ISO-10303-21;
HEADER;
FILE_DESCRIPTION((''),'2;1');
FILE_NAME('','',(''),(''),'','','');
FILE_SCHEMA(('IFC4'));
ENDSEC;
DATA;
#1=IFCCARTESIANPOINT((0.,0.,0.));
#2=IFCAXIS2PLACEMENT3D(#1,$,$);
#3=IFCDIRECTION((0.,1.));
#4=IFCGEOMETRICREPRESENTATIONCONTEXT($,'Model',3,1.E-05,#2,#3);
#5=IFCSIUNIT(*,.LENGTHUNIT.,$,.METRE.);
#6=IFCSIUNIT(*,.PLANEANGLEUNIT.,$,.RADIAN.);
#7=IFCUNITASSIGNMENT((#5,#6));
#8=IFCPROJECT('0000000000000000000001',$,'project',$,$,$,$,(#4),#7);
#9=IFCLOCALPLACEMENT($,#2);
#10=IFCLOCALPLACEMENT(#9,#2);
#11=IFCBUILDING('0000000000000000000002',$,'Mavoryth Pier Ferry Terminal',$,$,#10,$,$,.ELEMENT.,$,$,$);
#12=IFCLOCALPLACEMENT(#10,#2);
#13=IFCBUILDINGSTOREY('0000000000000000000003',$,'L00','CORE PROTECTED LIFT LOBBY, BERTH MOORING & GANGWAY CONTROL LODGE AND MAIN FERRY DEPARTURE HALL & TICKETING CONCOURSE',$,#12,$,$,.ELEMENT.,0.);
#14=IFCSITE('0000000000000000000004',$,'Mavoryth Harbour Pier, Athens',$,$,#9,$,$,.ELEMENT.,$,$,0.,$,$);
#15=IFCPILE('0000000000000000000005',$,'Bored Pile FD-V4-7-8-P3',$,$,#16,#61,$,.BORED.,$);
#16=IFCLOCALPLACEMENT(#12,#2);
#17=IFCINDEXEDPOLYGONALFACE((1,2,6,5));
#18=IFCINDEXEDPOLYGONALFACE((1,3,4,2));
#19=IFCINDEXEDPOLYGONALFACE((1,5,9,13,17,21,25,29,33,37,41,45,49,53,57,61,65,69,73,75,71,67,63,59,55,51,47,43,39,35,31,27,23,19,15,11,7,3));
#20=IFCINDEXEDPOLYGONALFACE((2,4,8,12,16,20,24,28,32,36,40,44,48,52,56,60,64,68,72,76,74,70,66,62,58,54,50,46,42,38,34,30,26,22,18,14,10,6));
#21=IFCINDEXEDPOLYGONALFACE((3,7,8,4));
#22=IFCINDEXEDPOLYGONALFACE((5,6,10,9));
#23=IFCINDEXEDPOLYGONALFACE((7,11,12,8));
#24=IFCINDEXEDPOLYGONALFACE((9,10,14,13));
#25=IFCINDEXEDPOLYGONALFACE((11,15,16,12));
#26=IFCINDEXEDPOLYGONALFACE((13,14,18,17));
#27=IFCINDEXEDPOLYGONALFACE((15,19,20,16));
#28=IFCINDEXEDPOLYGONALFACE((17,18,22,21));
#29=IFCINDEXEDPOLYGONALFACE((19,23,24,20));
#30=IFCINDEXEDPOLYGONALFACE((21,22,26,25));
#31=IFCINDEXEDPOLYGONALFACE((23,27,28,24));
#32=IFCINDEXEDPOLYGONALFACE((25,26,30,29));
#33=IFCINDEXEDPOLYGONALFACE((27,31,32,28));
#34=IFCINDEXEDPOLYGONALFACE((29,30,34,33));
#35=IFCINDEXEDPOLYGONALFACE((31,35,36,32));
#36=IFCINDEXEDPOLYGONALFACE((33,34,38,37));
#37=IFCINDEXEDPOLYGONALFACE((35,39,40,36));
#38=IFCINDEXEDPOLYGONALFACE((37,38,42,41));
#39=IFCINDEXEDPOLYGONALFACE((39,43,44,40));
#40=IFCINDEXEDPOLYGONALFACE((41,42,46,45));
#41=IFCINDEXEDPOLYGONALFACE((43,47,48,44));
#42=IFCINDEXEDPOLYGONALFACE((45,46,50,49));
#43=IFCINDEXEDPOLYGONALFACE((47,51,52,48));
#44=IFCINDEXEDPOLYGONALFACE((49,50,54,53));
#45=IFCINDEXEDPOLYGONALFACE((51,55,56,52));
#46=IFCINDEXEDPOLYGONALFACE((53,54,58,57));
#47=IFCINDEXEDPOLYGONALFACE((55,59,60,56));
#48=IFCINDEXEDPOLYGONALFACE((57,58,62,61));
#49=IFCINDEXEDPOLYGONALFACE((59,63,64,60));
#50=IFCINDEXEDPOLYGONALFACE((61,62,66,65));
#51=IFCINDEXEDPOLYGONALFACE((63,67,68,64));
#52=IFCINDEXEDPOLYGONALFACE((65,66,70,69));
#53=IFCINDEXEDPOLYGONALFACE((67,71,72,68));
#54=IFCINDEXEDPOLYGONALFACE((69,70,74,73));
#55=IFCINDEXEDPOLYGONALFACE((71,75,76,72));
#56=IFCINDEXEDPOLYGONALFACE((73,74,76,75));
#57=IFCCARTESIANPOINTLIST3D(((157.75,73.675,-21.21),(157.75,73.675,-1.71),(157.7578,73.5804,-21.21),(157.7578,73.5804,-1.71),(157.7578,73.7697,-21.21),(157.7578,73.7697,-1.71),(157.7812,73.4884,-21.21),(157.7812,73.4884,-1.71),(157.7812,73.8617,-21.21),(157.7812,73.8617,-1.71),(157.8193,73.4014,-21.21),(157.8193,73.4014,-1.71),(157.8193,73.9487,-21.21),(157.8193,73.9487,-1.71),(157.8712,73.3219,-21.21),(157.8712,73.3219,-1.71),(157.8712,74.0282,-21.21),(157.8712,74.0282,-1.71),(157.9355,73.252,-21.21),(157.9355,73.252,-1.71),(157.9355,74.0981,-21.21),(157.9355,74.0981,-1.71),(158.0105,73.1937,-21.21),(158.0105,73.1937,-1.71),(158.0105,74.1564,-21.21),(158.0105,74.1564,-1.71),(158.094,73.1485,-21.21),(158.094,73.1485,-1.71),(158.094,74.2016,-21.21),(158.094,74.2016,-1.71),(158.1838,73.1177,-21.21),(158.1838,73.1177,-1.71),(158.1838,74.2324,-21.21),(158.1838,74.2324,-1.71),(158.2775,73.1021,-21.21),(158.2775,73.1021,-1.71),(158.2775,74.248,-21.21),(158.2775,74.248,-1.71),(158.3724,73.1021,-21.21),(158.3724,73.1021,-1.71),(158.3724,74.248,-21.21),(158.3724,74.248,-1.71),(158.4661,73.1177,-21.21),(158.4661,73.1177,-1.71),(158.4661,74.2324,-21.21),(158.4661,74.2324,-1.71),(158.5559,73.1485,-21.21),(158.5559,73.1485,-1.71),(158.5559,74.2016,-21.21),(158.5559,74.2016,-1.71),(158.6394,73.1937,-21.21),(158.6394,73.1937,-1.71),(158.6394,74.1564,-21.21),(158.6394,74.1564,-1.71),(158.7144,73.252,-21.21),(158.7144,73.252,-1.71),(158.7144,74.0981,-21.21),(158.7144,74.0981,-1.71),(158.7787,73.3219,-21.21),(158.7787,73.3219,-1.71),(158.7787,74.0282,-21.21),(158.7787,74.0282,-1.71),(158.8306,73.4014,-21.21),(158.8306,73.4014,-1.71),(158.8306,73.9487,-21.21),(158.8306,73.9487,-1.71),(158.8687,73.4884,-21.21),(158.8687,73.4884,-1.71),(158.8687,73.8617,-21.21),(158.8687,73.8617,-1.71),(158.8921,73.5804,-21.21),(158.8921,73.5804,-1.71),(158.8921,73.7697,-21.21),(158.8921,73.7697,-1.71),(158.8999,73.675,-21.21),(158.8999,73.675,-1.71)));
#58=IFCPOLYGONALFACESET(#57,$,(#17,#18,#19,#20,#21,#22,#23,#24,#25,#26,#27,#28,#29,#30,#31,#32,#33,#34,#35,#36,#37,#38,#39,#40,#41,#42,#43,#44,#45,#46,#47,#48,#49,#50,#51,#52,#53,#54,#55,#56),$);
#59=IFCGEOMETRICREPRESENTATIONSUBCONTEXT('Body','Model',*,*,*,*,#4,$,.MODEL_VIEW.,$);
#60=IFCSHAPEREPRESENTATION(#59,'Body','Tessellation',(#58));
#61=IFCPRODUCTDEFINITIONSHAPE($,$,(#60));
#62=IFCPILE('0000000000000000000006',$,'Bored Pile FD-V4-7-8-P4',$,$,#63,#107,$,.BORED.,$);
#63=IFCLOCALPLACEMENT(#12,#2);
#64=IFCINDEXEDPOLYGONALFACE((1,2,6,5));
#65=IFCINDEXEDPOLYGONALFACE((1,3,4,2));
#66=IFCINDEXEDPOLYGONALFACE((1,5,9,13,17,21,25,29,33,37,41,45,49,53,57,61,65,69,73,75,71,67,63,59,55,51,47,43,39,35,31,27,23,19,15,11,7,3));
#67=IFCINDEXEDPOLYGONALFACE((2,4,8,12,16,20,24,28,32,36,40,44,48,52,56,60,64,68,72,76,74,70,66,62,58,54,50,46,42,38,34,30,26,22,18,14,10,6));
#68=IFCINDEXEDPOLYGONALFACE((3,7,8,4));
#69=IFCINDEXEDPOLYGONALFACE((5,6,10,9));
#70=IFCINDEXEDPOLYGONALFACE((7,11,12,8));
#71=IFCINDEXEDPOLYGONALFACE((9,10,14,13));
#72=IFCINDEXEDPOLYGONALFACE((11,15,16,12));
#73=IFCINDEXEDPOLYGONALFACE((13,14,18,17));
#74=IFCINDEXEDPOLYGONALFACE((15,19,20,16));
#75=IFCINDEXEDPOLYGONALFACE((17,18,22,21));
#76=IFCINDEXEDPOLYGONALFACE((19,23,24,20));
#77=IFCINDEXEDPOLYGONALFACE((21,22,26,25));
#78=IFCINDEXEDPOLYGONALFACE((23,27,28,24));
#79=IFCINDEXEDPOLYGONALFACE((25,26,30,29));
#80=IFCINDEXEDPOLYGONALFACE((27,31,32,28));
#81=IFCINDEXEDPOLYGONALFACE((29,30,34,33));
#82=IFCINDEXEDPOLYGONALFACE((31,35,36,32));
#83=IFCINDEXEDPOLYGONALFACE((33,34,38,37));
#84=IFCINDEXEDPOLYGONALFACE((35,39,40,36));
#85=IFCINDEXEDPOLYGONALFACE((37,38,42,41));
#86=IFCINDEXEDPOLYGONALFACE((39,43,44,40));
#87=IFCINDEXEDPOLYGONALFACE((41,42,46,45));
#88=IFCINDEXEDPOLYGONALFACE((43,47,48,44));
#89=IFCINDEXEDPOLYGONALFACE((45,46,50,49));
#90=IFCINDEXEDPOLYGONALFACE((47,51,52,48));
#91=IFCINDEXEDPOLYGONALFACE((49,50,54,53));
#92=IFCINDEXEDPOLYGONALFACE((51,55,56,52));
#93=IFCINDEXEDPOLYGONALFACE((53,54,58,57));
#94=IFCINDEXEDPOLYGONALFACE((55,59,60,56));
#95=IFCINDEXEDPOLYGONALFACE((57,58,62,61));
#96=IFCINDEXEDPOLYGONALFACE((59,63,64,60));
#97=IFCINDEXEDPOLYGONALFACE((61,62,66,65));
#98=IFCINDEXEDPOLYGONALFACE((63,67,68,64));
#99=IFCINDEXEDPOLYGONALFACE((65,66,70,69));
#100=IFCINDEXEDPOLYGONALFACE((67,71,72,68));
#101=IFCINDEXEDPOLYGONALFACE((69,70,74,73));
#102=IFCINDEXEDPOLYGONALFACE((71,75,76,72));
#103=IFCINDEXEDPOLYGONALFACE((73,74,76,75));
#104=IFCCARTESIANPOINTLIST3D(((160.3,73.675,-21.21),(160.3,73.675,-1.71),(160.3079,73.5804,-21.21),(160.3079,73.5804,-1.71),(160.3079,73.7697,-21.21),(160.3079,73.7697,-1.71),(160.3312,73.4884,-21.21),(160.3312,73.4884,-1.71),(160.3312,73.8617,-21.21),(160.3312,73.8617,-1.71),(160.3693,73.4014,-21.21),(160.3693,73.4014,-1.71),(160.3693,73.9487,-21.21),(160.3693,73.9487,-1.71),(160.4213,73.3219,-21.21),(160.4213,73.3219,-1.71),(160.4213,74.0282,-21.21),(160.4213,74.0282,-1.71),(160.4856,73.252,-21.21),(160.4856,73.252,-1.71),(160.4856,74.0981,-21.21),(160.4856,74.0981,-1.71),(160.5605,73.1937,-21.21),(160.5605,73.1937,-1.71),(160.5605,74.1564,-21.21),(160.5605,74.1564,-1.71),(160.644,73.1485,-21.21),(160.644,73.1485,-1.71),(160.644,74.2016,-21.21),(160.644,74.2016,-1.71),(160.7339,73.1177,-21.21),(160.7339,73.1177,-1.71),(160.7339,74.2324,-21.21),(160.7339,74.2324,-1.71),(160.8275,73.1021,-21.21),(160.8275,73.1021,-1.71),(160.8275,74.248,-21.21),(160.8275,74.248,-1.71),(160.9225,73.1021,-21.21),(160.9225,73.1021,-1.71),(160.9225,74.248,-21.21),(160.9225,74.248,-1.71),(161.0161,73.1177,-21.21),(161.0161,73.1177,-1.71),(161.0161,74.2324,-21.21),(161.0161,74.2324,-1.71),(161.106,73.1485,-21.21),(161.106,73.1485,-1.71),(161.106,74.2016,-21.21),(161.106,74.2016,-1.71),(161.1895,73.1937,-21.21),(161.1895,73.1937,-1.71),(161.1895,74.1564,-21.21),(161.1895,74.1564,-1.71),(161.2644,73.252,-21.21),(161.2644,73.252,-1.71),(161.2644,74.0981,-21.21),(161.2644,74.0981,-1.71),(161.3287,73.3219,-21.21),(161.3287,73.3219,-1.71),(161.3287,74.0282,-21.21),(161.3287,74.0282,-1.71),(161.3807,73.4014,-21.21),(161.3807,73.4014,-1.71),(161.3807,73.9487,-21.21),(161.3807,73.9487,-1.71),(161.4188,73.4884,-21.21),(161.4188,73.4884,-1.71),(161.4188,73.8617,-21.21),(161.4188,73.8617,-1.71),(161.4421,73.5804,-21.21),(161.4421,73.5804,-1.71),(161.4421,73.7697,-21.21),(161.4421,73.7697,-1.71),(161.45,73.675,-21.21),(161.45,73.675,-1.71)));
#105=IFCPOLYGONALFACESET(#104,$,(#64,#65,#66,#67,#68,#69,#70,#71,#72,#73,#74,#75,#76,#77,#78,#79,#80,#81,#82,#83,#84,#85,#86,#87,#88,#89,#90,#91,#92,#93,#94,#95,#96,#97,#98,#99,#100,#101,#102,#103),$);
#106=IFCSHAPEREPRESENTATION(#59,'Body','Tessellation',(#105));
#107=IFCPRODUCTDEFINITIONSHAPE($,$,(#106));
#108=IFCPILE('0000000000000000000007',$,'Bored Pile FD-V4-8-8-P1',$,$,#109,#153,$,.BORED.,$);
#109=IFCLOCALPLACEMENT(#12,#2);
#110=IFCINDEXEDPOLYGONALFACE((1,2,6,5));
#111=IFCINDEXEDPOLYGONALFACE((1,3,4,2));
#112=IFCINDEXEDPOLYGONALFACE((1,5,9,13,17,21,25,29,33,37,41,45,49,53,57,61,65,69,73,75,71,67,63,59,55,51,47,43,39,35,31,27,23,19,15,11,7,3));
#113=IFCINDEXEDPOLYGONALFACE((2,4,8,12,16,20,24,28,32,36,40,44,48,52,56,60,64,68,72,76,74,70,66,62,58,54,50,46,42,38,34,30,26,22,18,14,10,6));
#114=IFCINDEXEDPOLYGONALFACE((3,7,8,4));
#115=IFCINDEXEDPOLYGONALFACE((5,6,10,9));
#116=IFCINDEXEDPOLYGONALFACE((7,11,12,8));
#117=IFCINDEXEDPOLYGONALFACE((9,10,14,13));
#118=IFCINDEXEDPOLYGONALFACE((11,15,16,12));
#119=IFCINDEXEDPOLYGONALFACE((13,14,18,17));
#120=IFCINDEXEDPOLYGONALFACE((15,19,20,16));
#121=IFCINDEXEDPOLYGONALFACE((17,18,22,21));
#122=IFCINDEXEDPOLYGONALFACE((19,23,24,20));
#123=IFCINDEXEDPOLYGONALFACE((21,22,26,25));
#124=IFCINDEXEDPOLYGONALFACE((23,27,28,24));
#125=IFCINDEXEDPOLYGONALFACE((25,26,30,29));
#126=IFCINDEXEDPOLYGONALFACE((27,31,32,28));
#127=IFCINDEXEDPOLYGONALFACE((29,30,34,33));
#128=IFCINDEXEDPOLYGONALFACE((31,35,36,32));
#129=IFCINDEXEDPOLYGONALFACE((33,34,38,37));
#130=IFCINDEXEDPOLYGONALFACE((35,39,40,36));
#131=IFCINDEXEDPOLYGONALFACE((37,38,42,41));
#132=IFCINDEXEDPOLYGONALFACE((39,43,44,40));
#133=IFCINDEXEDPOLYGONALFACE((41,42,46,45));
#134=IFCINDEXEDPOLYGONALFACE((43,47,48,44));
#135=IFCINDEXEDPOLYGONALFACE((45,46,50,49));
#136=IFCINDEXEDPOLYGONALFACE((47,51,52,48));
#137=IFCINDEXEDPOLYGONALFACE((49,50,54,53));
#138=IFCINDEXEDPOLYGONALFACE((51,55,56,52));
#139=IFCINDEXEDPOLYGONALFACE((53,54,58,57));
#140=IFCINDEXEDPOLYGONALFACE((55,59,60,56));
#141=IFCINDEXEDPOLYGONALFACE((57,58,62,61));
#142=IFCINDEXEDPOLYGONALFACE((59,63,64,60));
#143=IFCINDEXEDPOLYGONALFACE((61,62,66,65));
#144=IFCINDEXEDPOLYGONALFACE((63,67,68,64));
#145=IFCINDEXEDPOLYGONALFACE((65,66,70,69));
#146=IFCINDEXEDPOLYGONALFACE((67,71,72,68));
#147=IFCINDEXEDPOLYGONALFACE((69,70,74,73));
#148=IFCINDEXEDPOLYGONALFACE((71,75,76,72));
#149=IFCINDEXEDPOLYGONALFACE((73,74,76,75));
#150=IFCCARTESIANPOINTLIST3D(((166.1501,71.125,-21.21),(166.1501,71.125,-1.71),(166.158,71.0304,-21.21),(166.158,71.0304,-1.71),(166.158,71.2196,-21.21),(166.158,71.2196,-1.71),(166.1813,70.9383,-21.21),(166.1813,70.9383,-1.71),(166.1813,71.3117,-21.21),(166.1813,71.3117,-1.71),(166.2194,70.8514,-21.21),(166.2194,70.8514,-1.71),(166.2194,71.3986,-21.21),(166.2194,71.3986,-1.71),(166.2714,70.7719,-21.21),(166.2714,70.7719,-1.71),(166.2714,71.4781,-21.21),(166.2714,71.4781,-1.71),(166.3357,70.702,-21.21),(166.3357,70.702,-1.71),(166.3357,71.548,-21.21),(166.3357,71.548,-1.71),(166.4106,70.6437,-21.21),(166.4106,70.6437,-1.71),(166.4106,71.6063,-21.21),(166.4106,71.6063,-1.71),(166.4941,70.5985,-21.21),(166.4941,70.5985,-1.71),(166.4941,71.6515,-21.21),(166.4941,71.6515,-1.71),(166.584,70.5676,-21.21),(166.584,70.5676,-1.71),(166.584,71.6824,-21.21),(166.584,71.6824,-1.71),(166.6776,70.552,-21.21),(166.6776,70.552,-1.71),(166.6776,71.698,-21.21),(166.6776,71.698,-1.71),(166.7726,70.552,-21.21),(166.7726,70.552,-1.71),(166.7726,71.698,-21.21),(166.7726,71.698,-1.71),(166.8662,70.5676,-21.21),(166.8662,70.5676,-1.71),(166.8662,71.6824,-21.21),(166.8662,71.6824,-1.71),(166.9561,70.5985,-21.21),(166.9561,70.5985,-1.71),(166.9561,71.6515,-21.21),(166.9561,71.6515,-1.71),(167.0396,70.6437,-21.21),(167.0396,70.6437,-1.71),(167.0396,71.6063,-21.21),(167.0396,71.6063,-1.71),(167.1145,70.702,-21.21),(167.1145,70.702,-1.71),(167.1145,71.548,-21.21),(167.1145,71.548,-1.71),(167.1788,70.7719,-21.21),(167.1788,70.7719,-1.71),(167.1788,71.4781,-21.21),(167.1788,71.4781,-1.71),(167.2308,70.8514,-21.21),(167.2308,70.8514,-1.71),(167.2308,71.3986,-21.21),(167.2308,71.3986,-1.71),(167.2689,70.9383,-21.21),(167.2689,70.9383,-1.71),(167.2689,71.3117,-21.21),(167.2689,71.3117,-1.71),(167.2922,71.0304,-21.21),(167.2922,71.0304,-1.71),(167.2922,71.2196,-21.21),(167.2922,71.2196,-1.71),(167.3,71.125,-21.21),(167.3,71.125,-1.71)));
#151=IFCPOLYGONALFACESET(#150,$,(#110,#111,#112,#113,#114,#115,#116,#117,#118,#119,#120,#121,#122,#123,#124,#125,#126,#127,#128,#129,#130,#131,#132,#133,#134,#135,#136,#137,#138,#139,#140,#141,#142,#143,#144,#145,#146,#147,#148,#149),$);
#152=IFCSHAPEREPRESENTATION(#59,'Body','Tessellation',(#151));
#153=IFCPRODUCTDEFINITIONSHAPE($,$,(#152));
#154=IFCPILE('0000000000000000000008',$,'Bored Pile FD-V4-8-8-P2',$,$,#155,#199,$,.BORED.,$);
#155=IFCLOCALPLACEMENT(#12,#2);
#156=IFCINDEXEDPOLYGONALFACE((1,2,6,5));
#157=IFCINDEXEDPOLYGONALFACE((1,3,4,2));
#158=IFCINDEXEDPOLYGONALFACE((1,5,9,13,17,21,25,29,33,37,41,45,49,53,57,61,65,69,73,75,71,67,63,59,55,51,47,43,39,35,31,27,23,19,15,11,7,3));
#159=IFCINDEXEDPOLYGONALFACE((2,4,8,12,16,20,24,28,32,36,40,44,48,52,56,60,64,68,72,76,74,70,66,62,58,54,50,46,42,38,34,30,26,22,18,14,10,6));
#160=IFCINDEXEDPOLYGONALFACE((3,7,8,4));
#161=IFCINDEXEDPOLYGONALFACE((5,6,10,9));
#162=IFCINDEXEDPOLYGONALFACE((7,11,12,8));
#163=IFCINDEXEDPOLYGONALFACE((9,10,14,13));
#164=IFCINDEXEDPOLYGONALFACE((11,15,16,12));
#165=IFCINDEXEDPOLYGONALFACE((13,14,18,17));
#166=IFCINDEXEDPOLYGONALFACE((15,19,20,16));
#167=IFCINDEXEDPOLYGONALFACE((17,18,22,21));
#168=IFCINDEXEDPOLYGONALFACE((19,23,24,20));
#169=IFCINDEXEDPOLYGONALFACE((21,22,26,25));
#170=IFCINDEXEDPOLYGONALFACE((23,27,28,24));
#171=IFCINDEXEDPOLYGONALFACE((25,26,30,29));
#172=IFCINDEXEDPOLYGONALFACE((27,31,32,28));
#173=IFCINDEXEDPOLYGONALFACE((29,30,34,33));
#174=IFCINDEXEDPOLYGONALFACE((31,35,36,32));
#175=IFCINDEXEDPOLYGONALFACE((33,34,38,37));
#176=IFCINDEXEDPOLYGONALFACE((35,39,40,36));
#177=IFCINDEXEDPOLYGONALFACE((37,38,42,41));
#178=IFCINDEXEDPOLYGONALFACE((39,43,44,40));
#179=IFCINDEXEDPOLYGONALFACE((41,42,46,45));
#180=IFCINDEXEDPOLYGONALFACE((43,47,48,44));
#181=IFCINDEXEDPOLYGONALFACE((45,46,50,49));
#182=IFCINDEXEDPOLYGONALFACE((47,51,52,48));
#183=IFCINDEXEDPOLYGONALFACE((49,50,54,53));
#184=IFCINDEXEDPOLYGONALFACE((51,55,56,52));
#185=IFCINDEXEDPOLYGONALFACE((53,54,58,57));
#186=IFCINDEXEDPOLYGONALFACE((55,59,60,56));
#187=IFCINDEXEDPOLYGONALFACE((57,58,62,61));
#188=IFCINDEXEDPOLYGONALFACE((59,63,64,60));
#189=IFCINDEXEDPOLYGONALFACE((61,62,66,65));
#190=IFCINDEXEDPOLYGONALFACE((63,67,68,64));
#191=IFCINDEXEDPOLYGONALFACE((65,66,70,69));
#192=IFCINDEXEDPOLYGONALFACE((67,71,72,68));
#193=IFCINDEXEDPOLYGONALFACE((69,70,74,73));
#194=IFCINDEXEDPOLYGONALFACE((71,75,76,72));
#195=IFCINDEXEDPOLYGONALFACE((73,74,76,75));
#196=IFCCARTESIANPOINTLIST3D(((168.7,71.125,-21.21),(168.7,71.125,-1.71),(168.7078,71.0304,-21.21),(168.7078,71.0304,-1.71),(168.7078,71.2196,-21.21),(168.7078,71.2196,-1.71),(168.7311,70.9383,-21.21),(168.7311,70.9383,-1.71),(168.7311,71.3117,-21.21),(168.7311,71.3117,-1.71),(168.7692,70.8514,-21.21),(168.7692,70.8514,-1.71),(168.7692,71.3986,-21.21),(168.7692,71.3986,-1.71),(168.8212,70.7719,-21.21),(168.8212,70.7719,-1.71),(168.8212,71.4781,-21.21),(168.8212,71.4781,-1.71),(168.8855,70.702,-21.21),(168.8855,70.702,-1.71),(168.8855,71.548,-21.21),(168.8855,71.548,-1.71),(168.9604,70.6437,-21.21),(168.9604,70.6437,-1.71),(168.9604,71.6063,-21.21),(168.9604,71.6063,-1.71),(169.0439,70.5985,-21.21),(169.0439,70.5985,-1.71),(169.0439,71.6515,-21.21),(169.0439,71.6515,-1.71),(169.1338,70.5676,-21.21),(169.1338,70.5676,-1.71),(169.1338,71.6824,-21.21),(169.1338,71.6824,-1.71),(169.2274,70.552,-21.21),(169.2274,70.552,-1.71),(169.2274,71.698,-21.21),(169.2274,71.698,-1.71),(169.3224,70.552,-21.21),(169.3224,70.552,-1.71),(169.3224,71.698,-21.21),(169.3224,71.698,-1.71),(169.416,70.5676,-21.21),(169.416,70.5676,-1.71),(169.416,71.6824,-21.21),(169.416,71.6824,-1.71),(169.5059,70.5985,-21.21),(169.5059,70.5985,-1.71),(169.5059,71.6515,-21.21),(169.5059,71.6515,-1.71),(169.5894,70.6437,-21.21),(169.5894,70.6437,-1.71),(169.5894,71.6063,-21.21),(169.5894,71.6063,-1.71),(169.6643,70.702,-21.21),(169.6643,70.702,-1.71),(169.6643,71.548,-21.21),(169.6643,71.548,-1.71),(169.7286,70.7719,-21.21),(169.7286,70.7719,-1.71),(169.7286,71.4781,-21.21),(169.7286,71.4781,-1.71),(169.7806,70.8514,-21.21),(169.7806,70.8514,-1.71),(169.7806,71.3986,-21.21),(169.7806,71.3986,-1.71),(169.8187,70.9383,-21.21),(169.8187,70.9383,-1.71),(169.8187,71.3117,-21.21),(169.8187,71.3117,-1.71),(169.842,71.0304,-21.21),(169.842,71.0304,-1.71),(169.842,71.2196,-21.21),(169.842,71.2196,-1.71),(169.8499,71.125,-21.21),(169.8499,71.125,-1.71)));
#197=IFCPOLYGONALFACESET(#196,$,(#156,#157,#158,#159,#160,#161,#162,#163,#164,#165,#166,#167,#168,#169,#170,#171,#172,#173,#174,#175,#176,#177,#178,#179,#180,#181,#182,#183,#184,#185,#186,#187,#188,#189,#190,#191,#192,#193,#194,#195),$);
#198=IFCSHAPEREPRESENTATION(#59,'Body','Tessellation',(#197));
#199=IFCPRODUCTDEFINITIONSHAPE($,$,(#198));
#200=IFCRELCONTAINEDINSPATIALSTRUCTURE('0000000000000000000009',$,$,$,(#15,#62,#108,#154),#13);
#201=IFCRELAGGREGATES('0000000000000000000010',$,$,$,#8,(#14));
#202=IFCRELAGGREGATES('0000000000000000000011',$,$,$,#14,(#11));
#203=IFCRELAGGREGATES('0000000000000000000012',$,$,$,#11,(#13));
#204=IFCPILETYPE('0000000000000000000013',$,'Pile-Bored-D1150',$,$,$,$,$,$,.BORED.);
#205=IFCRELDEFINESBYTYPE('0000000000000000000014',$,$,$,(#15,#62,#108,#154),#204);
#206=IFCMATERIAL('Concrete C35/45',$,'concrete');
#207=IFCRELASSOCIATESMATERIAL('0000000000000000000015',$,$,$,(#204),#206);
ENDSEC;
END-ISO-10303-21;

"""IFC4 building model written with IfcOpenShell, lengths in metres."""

from ifc_helpers import new_model, si_unit, direction, frame, origin, origin_2d, place, context, subcontext, project, spatial, circle, extrude, material, material_profile, profile_set, type_object, element, save


model = new_model("IFC4")

# Units and contexts
model_context = context("Model", 3, precision=1e-05, world=origin(), true_north=direction((0.0, 1.0)))
body_context = subcontext(model_context, "Body", "Model", "MODEL_VIEW")
ifc_project = project(units=[si_unit("LENGTHUNIT", "METRE"), si_unit("PLANEANGLEUNIT", "RADIAN")], contexts=[model_context])

# Site, building, storey
site_placement = place(None, origin())
site = spatial("IfcSite", under=ifc_project, at=site_placement, Name="Mavoryth Harbour Pier, Athens", CompositionType="ELEMENT", RefElevation=0.0)
building_placement = place(site_placement, origin())
building = spatial("IfcBuilding", under=site, at=building_placement, Name="Mavoryth Pier Ferry Terminal", CompositionType="ELEMENT")
storey_placement = place(building_placement, origin())
storey = spatial("IfcBuildingStorey", under=building, at=storey_placement, Name="L00", Description="CORE PROTECTED LIFT LOBBY, BERTH MOORING & GANGWAY CONTROL LODGE AND MAIN FERRY DEPARTURE HALL & TICKETING CONCOURSE", CompositionType="ELEMENT", Elevation=0.0)

# Shared definitions
ifc_material_1 = material(Name="Concrete C35/45", Category="concrete")

# Piles
ifc_material_profile_1 = material_profile(ifc_material_1, circle(Radius=0.575, at=origin_2d()), Name="PILE D1150", Category="concrete")
ifc_profile_set_1 = profile_set([ifc_material_profile_1], Name="Concrete C35/45 - PILE D1150")
pile_type = type_object("IfcPileType", Name="Pile-Bored-D1150", PredefinedType="BORED", material=ifc_profile_set_1)
for number, where, z_axis, x_axis, name in (
    (1, (158.325, 73.675, -1.71), (0.0, 0.0, -1.0), (1.0, 0.0, 0.0), "Bored Pile FD-V4-7-8-P3"),
    (2, (160.875, 73.675, -1.71), (0.0, 0.0, -1.0), (1.0, 0.0, 0.0), "Bored Pile FD-V4-7-8-P4"),
    (3, (166.7251, 71.125, -1.71), (0.0, 0.0, -1.0), (1.0, 0.0, 0.0), "Bored Pile FD-V4-8-8-P1"),
    (4, (169.2749, 71.125, -1.71), (0.0, 0.0, -1.0), (1.0, 0.0, 0.0), "Bored Pile FD-V4-8-8-P2"),
):
    element("IfcPile", number, at=place(storey_placement, frame(where, z_axis=z_axis, x_axis=x_axis)), inside=storey, type_object=pile_type, Name=name, PredefinedType="BORED", context=body_context, shape_type="SweptSolid", body=[
        extrude(circle(Radius=0.575, at=origin_2d()), origin(), (0.0, 0.0, 1.0), 19.5),
    ])

save(model, "model.ifc")
